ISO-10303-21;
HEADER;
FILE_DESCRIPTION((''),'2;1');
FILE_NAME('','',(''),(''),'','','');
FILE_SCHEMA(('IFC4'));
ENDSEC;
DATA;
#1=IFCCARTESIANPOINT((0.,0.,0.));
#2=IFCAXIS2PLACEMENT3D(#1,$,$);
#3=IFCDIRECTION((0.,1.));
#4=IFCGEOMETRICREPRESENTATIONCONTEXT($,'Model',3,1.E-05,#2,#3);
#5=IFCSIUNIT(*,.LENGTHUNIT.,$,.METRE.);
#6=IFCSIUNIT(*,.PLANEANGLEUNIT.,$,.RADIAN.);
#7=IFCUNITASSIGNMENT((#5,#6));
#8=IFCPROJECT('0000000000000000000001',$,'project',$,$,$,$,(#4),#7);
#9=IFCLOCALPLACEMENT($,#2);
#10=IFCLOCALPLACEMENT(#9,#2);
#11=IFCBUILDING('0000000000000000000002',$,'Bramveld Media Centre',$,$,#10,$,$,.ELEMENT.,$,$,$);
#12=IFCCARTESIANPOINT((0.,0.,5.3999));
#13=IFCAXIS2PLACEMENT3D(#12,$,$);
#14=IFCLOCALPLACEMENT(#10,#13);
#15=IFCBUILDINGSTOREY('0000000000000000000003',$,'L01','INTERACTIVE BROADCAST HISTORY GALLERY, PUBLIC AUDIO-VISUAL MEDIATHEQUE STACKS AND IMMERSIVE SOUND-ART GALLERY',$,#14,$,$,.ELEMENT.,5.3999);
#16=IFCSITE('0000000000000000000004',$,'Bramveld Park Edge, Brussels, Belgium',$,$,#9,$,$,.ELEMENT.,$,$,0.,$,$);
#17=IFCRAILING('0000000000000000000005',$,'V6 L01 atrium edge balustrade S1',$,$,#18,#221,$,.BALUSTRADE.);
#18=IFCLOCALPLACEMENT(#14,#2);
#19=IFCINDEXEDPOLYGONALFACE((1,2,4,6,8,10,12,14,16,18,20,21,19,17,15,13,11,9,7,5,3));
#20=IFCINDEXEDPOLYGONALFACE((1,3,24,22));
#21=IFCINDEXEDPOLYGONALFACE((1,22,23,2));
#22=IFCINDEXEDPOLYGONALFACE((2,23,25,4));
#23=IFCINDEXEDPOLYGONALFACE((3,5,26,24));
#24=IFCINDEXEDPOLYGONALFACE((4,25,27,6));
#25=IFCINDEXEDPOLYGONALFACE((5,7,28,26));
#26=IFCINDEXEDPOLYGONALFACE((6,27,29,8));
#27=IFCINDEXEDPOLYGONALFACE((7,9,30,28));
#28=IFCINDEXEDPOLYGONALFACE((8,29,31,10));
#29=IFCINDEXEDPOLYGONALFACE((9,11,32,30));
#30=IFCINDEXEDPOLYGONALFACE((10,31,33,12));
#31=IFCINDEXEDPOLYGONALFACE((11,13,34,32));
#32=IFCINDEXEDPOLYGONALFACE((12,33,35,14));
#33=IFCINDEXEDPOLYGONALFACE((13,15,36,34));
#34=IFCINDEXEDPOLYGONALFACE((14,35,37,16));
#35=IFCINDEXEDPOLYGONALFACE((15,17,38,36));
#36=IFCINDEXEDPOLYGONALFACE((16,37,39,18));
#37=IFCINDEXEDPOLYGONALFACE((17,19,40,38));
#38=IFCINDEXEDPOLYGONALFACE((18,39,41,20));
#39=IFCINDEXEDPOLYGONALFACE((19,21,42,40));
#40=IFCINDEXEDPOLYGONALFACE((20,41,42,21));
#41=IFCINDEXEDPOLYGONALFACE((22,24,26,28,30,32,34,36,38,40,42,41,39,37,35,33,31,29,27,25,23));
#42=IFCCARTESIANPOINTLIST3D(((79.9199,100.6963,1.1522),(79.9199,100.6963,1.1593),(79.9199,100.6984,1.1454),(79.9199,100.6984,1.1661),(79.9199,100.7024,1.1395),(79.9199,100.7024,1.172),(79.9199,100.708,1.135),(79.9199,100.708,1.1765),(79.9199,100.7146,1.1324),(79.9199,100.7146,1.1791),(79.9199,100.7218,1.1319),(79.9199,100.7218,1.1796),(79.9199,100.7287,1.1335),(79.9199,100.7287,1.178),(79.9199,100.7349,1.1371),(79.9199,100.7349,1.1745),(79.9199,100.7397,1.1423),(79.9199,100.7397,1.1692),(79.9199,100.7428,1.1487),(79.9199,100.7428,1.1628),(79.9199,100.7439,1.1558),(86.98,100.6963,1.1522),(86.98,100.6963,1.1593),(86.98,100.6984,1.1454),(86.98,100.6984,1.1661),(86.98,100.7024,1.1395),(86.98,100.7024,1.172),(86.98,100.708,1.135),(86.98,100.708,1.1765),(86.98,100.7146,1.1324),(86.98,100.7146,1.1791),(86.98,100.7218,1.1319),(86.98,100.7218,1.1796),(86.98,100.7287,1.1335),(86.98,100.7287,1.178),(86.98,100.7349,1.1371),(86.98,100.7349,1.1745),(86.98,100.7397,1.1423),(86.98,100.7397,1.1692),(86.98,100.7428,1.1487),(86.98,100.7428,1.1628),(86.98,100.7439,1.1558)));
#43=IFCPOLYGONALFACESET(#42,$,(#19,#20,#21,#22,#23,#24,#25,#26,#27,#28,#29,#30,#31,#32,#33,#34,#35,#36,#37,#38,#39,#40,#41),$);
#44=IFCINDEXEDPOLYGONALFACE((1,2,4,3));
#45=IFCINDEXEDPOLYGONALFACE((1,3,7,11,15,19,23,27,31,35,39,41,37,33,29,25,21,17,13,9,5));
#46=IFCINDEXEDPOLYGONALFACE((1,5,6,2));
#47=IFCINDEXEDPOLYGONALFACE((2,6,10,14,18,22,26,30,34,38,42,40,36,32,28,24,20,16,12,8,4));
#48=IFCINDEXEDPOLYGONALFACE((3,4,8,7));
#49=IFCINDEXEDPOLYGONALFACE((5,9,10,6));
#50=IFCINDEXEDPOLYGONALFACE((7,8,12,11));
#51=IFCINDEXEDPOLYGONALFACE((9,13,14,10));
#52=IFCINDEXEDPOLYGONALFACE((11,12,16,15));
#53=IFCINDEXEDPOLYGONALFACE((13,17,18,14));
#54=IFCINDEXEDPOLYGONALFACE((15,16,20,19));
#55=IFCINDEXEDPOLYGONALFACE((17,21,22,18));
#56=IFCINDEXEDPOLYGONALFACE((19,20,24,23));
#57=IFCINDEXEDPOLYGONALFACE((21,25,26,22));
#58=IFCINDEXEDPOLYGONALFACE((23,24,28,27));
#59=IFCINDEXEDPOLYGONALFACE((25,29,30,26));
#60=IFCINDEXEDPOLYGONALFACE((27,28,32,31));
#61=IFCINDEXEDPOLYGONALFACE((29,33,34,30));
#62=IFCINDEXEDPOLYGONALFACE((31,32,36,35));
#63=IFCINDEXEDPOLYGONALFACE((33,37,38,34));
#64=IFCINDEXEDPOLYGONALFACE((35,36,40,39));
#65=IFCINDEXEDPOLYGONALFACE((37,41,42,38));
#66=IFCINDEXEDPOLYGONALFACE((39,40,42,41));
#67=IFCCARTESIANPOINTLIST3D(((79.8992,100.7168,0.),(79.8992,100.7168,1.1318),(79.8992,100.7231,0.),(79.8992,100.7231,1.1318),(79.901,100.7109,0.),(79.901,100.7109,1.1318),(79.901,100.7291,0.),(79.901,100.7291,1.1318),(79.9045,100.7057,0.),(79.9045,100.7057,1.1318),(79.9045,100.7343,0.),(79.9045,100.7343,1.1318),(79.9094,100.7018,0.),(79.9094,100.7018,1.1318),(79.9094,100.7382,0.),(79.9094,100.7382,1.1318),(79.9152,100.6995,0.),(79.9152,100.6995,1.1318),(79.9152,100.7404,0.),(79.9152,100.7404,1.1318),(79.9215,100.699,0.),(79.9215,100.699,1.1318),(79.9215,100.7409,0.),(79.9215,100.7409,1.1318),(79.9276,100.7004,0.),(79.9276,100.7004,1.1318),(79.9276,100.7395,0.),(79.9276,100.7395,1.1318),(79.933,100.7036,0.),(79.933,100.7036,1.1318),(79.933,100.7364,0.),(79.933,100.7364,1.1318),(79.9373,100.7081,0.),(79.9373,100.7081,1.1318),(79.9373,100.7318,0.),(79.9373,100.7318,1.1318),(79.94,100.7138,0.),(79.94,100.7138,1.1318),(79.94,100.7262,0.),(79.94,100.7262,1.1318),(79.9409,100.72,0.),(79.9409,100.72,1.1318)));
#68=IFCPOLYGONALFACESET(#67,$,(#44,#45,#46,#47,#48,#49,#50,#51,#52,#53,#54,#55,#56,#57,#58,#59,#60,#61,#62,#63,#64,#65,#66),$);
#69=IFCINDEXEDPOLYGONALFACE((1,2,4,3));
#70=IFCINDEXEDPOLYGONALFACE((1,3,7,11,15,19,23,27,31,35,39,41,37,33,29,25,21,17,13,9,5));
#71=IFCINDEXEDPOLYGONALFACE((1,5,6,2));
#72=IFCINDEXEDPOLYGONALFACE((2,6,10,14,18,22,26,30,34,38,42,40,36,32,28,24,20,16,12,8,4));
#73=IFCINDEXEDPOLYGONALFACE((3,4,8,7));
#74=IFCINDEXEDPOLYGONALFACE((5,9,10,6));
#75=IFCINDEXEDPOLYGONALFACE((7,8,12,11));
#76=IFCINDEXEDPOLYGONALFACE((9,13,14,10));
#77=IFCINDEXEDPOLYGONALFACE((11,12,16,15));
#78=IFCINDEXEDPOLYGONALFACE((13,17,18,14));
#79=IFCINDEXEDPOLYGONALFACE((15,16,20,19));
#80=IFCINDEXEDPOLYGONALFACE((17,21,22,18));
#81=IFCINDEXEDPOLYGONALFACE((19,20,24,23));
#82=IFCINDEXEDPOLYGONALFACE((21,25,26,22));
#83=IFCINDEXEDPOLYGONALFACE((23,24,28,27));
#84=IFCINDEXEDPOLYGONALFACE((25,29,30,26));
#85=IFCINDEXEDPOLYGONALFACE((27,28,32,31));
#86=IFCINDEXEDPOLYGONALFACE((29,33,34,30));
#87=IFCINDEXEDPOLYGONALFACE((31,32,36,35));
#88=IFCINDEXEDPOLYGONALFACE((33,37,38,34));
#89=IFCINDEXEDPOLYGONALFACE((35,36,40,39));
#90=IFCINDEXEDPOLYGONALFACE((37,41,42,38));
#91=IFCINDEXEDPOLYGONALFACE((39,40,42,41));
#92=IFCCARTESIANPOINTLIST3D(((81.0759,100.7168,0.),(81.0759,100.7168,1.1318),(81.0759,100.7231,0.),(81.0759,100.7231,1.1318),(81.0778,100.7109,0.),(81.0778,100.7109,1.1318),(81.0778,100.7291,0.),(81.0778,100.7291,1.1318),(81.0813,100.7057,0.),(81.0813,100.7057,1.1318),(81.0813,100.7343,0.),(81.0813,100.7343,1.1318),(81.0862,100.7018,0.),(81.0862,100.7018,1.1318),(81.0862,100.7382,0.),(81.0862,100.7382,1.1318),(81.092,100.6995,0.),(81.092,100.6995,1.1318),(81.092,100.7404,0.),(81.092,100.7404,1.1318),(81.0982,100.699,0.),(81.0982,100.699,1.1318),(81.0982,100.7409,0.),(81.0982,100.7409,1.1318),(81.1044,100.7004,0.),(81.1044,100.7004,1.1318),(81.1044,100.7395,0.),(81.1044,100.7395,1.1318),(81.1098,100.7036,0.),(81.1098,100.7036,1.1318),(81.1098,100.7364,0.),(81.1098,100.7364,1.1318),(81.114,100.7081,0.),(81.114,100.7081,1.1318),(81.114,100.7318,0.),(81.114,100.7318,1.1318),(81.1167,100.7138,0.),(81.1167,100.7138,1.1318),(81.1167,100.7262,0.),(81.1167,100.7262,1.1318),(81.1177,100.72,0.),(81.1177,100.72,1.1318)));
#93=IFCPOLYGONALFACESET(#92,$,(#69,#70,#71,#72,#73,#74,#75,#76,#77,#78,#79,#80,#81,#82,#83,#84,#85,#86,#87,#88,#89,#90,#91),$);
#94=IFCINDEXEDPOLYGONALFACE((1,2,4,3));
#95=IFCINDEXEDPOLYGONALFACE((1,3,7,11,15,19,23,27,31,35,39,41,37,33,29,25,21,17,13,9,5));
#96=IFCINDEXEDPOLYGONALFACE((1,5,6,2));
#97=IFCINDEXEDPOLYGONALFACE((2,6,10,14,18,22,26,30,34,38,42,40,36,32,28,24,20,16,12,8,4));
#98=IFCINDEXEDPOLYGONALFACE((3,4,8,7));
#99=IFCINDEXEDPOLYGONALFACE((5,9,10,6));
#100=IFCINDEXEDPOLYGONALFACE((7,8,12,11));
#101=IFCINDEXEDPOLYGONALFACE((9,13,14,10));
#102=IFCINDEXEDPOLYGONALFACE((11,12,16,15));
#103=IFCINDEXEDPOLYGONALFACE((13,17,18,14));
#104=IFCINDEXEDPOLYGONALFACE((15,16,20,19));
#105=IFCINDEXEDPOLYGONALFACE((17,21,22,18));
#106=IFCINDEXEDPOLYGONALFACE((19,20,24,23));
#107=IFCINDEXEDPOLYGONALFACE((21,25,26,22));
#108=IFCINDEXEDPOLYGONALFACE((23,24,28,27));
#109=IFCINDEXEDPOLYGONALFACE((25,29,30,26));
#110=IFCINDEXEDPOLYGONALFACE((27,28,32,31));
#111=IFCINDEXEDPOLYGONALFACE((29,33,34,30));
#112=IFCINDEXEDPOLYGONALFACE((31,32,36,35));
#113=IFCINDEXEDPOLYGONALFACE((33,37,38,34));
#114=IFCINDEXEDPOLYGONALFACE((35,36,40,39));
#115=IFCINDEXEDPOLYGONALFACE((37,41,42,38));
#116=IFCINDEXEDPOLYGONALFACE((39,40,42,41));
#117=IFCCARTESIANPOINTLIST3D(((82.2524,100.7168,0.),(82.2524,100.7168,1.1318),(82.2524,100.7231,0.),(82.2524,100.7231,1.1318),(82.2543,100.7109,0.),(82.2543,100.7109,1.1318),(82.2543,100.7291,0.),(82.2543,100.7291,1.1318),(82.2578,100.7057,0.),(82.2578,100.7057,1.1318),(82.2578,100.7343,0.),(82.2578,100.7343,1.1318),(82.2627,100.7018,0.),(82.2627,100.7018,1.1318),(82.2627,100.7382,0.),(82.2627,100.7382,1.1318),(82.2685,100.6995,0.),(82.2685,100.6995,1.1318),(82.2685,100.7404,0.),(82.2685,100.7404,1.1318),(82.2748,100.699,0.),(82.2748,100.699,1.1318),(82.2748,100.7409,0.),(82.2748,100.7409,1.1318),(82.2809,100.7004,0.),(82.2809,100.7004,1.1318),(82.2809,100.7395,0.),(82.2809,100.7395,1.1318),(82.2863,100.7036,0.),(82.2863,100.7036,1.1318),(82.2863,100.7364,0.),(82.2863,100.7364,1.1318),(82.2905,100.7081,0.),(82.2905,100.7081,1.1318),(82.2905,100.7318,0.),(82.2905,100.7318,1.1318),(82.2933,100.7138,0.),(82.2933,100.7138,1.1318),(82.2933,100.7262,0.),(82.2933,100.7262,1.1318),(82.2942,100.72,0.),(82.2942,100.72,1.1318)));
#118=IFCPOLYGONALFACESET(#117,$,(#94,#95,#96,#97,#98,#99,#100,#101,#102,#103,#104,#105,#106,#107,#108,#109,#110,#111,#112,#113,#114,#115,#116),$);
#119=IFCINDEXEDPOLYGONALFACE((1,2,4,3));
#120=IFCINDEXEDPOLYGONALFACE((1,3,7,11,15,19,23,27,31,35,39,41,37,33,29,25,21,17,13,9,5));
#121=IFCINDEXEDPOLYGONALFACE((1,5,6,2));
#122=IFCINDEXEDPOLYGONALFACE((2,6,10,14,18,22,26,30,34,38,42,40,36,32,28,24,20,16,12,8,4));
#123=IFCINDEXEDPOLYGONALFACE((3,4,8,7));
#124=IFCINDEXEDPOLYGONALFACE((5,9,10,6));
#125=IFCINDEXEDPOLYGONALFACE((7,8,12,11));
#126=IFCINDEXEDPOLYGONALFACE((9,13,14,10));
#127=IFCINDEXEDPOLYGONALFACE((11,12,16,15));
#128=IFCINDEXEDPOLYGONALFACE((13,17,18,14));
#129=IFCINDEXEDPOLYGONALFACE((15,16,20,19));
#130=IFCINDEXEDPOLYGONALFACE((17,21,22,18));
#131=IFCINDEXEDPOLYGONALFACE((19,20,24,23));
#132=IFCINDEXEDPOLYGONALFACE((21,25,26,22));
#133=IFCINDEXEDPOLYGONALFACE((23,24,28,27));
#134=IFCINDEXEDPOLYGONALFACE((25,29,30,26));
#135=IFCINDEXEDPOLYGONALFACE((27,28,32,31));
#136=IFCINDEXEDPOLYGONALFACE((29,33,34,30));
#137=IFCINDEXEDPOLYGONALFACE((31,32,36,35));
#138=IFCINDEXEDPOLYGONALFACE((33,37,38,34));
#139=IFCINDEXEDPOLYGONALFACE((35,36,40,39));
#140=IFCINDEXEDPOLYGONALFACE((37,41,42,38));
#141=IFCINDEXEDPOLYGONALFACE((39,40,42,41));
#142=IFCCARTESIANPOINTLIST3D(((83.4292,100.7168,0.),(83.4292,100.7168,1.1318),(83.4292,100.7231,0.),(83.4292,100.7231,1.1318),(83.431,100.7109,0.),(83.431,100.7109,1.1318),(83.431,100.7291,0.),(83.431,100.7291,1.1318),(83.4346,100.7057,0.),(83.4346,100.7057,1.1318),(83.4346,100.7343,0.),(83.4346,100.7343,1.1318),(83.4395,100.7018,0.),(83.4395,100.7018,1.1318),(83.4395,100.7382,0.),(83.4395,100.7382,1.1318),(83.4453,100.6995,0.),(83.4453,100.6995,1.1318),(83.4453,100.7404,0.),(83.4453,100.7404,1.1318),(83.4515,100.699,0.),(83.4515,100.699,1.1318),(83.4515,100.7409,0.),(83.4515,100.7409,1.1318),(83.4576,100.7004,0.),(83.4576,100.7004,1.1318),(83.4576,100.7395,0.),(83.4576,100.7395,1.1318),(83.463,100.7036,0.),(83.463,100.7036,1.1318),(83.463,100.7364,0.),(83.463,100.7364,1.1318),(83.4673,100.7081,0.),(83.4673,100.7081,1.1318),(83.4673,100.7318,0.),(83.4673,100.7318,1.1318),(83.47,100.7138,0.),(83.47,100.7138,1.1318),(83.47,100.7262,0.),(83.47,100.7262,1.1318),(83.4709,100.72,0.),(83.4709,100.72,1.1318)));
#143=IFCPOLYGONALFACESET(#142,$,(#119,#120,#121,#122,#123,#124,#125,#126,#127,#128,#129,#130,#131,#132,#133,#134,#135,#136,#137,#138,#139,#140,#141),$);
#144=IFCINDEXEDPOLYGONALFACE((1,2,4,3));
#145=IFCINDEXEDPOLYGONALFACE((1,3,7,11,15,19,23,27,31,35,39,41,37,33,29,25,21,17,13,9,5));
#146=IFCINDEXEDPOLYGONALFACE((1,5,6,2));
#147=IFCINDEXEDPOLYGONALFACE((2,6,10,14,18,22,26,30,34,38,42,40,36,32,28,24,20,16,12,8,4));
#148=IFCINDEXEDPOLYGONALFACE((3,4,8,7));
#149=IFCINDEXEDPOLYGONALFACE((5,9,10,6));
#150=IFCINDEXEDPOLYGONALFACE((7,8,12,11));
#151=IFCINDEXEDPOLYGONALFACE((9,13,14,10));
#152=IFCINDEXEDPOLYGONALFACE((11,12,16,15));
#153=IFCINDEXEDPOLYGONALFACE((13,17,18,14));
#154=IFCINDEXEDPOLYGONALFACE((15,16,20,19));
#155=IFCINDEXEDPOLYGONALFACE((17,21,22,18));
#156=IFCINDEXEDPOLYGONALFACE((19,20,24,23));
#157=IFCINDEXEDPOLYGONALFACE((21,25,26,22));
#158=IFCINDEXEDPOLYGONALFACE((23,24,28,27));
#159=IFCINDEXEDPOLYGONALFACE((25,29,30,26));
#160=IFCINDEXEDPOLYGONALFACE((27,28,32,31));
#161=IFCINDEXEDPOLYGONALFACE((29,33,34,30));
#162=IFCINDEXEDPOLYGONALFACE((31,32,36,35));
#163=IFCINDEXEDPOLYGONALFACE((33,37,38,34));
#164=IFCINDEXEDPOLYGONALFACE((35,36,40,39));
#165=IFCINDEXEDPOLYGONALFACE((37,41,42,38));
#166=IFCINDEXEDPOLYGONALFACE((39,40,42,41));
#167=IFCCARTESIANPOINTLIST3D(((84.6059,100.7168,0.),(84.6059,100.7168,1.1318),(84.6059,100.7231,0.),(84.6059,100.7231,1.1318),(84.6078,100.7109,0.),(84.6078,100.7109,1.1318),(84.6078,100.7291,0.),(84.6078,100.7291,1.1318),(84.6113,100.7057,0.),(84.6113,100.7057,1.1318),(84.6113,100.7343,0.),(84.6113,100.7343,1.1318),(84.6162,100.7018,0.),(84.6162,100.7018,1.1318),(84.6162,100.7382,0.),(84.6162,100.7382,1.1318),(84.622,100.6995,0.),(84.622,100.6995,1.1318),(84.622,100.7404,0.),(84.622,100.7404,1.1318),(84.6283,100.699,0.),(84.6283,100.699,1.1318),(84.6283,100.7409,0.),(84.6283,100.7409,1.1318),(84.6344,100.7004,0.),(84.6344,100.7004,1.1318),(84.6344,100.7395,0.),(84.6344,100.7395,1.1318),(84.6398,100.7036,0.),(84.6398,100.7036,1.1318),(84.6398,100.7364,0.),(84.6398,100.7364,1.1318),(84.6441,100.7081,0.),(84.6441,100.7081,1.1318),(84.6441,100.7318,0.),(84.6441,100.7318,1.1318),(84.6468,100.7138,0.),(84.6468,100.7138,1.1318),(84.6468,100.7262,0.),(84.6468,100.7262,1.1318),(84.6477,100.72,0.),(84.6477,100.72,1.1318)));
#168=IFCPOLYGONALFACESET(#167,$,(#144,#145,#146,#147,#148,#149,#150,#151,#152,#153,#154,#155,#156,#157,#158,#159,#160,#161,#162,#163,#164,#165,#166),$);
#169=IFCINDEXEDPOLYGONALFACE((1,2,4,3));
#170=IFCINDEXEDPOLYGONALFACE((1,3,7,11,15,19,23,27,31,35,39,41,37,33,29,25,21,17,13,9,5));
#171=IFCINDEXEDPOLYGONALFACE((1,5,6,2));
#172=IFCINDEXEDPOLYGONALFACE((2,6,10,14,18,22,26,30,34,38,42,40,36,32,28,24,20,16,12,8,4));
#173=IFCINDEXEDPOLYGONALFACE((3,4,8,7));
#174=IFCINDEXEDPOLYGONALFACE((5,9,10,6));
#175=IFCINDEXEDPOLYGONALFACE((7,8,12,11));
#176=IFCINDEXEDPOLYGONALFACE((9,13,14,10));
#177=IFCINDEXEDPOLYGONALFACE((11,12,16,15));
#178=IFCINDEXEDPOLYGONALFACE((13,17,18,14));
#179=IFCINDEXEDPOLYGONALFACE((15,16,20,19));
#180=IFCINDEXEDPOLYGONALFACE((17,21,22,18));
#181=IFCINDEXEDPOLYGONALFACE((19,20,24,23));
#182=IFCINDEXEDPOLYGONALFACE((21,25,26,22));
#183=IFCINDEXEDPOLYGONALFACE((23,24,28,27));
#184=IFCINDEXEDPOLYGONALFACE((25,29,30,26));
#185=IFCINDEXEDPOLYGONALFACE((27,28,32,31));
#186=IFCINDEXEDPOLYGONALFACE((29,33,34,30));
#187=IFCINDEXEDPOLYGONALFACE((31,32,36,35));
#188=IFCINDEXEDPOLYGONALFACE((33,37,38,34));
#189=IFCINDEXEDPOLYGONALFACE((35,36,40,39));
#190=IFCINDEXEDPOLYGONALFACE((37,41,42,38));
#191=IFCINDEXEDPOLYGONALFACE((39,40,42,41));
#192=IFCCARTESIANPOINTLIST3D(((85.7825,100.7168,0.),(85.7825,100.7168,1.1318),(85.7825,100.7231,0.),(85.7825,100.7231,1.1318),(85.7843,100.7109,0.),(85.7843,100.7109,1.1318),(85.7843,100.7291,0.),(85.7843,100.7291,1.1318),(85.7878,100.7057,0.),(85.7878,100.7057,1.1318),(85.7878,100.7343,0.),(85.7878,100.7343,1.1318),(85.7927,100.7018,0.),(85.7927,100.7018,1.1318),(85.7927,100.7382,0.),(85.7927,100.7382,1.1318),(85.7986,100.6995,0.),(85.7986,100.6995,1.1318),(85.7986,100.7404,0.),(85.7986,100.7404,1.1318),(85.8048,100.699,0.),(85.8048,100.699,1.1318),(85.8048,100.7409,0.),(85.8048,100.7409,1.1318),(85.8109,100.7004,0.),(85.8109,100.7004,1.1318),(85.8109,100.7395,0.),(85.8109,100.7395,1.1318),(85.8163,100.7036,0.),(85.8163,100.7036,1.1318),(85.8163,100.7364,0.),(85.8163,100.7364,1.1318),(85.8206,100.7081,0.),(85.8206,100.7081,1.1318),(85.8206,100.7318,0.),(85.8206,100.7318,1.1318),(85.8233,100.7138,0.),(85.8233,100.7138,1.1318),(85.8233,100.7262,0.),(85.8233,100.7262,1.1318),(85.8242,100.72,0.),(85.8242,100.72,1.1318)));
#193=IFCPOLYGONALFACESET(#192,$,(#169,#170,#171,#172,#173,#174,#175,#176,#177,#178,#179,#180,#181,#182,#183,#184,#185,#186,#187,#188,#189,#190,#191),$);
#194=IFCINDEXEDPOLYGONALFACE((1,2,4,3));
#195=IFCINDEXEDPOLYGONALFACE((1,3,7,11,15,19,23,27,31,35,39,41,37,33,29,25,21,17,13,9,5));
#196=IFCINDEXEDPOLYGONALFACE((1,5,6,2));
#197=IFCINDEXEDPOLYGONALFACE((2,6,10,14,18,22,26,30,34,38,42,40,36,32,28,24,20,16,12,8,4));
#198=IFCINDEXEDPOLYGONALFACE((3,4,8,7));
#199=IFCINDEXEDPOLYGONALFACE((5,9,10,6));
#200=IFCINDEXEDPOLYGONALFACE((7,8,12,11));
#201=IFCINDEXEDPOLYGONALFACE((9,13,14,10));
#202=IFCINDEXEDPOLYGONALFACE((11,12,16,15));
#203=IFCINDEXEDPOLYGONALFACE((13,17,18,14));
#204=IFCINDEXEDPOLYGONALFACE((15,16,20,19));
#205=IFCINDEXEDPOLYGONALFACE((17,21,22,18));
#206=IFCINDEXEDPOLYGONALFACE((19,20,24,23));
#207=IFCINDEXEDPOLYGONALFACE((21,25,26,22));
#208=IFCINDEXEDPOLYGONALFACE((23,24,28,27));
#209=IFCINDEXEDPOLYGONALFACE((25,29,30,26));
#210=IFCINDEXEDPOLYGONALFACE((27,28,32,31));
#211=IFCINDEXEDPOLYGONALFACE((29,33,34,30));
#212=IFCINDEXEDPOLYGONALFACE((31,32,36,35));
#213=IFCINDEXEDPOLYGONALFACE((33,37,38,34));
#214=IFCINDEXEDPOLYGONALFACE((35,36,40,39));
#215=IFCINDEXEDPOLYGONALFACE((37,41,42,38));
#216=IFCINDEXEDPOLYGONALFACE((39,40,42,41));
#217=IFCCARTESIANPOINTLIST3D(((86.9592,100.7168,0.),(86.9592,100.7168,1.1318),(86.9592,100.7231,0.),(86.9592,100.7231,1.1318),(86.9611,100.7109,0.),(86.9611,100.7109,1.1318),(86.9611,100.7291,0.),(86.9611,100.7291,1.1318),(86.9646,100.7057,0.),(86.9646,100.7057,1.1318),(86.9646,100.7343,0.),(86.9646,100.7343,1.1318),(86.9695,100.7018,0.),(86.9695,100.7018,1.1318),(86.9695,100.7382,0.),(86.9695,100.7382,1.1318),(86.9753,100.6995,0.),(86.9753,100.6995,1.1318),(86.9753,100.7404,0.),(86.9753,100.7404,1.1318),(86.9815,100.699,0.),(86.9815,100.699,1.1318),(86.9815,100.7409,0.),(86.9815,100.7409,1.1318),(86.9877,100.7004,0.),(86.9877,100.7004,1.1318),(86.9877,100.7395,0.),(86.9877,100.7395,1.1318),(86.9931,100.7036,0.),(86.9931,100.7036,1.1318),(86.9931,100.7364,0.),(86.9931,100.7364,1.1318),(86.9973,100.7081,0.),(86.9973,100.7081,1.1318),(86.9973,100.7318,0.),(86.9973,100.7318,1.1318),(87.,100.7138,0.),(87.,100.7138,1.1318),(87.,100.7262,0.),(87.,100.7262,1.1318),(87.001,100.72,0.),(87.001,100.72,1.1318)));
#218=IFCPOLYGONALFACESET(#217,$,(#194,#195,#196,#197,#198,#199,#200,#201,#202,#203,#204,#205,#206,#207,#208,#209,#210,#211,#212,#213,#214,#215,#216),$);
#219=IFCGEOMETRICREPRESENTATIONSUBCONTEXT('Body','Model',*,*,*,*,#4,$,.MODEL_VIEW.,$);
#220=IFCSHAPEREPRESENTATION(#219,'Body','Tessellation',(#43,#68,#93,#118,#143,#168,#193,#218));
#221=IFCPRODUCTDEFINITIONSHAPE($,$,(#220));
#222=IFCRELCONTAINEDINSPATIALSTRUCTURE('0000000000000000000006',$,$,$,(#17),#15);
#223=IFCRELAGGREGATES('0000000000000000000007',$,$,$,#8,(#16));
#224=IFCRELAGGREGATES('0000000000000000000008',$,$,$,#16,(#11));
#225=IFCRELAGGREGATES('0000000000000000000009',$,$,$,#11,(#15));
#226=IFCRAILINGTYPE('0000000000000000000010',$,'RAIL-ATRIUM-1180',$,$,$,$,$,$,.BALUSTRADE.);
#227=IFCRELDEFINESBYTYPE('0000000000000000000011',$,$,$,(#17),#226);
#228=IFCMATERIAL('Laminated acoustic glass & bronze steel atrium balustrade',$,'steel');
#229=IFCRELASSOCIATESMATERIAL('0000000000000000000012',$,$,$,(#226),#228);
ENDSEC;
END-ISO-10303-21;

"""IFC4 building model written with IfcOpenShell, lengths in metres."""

from ifc_helpers import new_model, si_unit, direction, frame, origin, origin_2d, place, context, subcontext, project, spatial, circle, extrude, material, type_object, element, save


model = new_model("IFC4")

# Units and contexts
model_context = context("Model", 3, precision=1e-05, world=origin(), true_north=direction((0.0, 1.0)))
body_context = subcontext(model_context, "Body", "Model", "MODEL_VIEW")
ifc_project = project(units=[si_unit("LENGTHUNIT", "METRE"), si_unit("PLANEANGLEUNIT", "RADIAN")], contexts=[model_context])

# Site, building, storey
site_placement = place(None, origin())
site = spatial("IfcSite", under=ifc_project, at=site_placement, Name="Bramveld Park Edge, Brussels, Belgium", CompositionType="ELEMENT", RefElevation=0.0)
building_placement = place(site_placement, origin())
building = spatial("IfcBuilding", under=site, at=building_placement, Name="Bramveld Media Centre", CompositionType="ELEMENT")
storey_placement = place(building_placement, frame((0.0, 0.0, 5.3999)))
storey = spatial("IfcBuildingStorey", under=building, at=storey_placement, Name="L01", Description="INTERACTIVE BROADCAST HISTORY GALLERY, PUBLIC AUDIO-VISUAL MEDIATHEQUE STACKS AND IMMERSIVE SOUND-ART GALLERY", CompositionType="ELEMENT", Elevation=5.3999)

# Railing
ifc_material_1 = material(Name="Laminated acoustic glass & bronze steel atrium balustrade", Category="steel")
railing_type = type_object("IfcRailingType", Name="RAIL-ATRIUM-1180", PredefinedType="BALUSTRADE", material=ifc_material_1)
railing_1_placement = place(storey_placement, frame((79.9199, 100.72, 0.0)))
element("IfcRailing", 1, at=railing_1_placement, inside=storey, type_object=railing_type, Name="V6 L01 atrium edge balustrade S1", PredefinedType="BALUSTRADE", context=body_context, shape_type="SweptSolid", body=[
    extrude(circle(Radius=0.0239, at=origin_2d()), frame((0.0, 0.0, 1.1558), z_axis=(1.0, 0.0, 0.0), x_axis=(0.0, 1.0, 0.0)), (0.0, 0.0, 1.0), 7.0601),
    extrude(circle(Radius=0.021, at=origin_2d()), origin(), (0.0, 0.0, 1.0), 1.1318),
    extrude(circle(Radius=0.021, at=origin_2d()), frame((1.1768, 0.0, 0.0)), (0.0, 0.0, 1.0), 1.1318),
    extrude(circle(Radius=0.021, at=origin_2d()), frame((2.3533, 0.0, 0.0)), (0.0, 0.0, 1.0), 1.1318),
    extrude(circle(Radius=0.021, at=origin_2d()), frame((3.53, 0.0, 0.0)), (0.0, 0.0, 1.0), 1.1318),
    extrude(circle(Radius=0.021, at=origin_2d()), frame((4.7068, 0.0, 0.0)), (0.0, 0.0, 1.0), 1.1318),
    extrude(circle(Radius=0.021, at=origin_2d()), frame((5.8833, 0.0, 0.0)), (0.0, 0.0, 1.0), 1.1318),
    extrude(circle(Radius=0.021, at=origin_2d()), frame((7.0601, 0.0, 0.0)), (0.0, 0.0, 1.0), 1.1318),
])

save(model, "model.ifc")
